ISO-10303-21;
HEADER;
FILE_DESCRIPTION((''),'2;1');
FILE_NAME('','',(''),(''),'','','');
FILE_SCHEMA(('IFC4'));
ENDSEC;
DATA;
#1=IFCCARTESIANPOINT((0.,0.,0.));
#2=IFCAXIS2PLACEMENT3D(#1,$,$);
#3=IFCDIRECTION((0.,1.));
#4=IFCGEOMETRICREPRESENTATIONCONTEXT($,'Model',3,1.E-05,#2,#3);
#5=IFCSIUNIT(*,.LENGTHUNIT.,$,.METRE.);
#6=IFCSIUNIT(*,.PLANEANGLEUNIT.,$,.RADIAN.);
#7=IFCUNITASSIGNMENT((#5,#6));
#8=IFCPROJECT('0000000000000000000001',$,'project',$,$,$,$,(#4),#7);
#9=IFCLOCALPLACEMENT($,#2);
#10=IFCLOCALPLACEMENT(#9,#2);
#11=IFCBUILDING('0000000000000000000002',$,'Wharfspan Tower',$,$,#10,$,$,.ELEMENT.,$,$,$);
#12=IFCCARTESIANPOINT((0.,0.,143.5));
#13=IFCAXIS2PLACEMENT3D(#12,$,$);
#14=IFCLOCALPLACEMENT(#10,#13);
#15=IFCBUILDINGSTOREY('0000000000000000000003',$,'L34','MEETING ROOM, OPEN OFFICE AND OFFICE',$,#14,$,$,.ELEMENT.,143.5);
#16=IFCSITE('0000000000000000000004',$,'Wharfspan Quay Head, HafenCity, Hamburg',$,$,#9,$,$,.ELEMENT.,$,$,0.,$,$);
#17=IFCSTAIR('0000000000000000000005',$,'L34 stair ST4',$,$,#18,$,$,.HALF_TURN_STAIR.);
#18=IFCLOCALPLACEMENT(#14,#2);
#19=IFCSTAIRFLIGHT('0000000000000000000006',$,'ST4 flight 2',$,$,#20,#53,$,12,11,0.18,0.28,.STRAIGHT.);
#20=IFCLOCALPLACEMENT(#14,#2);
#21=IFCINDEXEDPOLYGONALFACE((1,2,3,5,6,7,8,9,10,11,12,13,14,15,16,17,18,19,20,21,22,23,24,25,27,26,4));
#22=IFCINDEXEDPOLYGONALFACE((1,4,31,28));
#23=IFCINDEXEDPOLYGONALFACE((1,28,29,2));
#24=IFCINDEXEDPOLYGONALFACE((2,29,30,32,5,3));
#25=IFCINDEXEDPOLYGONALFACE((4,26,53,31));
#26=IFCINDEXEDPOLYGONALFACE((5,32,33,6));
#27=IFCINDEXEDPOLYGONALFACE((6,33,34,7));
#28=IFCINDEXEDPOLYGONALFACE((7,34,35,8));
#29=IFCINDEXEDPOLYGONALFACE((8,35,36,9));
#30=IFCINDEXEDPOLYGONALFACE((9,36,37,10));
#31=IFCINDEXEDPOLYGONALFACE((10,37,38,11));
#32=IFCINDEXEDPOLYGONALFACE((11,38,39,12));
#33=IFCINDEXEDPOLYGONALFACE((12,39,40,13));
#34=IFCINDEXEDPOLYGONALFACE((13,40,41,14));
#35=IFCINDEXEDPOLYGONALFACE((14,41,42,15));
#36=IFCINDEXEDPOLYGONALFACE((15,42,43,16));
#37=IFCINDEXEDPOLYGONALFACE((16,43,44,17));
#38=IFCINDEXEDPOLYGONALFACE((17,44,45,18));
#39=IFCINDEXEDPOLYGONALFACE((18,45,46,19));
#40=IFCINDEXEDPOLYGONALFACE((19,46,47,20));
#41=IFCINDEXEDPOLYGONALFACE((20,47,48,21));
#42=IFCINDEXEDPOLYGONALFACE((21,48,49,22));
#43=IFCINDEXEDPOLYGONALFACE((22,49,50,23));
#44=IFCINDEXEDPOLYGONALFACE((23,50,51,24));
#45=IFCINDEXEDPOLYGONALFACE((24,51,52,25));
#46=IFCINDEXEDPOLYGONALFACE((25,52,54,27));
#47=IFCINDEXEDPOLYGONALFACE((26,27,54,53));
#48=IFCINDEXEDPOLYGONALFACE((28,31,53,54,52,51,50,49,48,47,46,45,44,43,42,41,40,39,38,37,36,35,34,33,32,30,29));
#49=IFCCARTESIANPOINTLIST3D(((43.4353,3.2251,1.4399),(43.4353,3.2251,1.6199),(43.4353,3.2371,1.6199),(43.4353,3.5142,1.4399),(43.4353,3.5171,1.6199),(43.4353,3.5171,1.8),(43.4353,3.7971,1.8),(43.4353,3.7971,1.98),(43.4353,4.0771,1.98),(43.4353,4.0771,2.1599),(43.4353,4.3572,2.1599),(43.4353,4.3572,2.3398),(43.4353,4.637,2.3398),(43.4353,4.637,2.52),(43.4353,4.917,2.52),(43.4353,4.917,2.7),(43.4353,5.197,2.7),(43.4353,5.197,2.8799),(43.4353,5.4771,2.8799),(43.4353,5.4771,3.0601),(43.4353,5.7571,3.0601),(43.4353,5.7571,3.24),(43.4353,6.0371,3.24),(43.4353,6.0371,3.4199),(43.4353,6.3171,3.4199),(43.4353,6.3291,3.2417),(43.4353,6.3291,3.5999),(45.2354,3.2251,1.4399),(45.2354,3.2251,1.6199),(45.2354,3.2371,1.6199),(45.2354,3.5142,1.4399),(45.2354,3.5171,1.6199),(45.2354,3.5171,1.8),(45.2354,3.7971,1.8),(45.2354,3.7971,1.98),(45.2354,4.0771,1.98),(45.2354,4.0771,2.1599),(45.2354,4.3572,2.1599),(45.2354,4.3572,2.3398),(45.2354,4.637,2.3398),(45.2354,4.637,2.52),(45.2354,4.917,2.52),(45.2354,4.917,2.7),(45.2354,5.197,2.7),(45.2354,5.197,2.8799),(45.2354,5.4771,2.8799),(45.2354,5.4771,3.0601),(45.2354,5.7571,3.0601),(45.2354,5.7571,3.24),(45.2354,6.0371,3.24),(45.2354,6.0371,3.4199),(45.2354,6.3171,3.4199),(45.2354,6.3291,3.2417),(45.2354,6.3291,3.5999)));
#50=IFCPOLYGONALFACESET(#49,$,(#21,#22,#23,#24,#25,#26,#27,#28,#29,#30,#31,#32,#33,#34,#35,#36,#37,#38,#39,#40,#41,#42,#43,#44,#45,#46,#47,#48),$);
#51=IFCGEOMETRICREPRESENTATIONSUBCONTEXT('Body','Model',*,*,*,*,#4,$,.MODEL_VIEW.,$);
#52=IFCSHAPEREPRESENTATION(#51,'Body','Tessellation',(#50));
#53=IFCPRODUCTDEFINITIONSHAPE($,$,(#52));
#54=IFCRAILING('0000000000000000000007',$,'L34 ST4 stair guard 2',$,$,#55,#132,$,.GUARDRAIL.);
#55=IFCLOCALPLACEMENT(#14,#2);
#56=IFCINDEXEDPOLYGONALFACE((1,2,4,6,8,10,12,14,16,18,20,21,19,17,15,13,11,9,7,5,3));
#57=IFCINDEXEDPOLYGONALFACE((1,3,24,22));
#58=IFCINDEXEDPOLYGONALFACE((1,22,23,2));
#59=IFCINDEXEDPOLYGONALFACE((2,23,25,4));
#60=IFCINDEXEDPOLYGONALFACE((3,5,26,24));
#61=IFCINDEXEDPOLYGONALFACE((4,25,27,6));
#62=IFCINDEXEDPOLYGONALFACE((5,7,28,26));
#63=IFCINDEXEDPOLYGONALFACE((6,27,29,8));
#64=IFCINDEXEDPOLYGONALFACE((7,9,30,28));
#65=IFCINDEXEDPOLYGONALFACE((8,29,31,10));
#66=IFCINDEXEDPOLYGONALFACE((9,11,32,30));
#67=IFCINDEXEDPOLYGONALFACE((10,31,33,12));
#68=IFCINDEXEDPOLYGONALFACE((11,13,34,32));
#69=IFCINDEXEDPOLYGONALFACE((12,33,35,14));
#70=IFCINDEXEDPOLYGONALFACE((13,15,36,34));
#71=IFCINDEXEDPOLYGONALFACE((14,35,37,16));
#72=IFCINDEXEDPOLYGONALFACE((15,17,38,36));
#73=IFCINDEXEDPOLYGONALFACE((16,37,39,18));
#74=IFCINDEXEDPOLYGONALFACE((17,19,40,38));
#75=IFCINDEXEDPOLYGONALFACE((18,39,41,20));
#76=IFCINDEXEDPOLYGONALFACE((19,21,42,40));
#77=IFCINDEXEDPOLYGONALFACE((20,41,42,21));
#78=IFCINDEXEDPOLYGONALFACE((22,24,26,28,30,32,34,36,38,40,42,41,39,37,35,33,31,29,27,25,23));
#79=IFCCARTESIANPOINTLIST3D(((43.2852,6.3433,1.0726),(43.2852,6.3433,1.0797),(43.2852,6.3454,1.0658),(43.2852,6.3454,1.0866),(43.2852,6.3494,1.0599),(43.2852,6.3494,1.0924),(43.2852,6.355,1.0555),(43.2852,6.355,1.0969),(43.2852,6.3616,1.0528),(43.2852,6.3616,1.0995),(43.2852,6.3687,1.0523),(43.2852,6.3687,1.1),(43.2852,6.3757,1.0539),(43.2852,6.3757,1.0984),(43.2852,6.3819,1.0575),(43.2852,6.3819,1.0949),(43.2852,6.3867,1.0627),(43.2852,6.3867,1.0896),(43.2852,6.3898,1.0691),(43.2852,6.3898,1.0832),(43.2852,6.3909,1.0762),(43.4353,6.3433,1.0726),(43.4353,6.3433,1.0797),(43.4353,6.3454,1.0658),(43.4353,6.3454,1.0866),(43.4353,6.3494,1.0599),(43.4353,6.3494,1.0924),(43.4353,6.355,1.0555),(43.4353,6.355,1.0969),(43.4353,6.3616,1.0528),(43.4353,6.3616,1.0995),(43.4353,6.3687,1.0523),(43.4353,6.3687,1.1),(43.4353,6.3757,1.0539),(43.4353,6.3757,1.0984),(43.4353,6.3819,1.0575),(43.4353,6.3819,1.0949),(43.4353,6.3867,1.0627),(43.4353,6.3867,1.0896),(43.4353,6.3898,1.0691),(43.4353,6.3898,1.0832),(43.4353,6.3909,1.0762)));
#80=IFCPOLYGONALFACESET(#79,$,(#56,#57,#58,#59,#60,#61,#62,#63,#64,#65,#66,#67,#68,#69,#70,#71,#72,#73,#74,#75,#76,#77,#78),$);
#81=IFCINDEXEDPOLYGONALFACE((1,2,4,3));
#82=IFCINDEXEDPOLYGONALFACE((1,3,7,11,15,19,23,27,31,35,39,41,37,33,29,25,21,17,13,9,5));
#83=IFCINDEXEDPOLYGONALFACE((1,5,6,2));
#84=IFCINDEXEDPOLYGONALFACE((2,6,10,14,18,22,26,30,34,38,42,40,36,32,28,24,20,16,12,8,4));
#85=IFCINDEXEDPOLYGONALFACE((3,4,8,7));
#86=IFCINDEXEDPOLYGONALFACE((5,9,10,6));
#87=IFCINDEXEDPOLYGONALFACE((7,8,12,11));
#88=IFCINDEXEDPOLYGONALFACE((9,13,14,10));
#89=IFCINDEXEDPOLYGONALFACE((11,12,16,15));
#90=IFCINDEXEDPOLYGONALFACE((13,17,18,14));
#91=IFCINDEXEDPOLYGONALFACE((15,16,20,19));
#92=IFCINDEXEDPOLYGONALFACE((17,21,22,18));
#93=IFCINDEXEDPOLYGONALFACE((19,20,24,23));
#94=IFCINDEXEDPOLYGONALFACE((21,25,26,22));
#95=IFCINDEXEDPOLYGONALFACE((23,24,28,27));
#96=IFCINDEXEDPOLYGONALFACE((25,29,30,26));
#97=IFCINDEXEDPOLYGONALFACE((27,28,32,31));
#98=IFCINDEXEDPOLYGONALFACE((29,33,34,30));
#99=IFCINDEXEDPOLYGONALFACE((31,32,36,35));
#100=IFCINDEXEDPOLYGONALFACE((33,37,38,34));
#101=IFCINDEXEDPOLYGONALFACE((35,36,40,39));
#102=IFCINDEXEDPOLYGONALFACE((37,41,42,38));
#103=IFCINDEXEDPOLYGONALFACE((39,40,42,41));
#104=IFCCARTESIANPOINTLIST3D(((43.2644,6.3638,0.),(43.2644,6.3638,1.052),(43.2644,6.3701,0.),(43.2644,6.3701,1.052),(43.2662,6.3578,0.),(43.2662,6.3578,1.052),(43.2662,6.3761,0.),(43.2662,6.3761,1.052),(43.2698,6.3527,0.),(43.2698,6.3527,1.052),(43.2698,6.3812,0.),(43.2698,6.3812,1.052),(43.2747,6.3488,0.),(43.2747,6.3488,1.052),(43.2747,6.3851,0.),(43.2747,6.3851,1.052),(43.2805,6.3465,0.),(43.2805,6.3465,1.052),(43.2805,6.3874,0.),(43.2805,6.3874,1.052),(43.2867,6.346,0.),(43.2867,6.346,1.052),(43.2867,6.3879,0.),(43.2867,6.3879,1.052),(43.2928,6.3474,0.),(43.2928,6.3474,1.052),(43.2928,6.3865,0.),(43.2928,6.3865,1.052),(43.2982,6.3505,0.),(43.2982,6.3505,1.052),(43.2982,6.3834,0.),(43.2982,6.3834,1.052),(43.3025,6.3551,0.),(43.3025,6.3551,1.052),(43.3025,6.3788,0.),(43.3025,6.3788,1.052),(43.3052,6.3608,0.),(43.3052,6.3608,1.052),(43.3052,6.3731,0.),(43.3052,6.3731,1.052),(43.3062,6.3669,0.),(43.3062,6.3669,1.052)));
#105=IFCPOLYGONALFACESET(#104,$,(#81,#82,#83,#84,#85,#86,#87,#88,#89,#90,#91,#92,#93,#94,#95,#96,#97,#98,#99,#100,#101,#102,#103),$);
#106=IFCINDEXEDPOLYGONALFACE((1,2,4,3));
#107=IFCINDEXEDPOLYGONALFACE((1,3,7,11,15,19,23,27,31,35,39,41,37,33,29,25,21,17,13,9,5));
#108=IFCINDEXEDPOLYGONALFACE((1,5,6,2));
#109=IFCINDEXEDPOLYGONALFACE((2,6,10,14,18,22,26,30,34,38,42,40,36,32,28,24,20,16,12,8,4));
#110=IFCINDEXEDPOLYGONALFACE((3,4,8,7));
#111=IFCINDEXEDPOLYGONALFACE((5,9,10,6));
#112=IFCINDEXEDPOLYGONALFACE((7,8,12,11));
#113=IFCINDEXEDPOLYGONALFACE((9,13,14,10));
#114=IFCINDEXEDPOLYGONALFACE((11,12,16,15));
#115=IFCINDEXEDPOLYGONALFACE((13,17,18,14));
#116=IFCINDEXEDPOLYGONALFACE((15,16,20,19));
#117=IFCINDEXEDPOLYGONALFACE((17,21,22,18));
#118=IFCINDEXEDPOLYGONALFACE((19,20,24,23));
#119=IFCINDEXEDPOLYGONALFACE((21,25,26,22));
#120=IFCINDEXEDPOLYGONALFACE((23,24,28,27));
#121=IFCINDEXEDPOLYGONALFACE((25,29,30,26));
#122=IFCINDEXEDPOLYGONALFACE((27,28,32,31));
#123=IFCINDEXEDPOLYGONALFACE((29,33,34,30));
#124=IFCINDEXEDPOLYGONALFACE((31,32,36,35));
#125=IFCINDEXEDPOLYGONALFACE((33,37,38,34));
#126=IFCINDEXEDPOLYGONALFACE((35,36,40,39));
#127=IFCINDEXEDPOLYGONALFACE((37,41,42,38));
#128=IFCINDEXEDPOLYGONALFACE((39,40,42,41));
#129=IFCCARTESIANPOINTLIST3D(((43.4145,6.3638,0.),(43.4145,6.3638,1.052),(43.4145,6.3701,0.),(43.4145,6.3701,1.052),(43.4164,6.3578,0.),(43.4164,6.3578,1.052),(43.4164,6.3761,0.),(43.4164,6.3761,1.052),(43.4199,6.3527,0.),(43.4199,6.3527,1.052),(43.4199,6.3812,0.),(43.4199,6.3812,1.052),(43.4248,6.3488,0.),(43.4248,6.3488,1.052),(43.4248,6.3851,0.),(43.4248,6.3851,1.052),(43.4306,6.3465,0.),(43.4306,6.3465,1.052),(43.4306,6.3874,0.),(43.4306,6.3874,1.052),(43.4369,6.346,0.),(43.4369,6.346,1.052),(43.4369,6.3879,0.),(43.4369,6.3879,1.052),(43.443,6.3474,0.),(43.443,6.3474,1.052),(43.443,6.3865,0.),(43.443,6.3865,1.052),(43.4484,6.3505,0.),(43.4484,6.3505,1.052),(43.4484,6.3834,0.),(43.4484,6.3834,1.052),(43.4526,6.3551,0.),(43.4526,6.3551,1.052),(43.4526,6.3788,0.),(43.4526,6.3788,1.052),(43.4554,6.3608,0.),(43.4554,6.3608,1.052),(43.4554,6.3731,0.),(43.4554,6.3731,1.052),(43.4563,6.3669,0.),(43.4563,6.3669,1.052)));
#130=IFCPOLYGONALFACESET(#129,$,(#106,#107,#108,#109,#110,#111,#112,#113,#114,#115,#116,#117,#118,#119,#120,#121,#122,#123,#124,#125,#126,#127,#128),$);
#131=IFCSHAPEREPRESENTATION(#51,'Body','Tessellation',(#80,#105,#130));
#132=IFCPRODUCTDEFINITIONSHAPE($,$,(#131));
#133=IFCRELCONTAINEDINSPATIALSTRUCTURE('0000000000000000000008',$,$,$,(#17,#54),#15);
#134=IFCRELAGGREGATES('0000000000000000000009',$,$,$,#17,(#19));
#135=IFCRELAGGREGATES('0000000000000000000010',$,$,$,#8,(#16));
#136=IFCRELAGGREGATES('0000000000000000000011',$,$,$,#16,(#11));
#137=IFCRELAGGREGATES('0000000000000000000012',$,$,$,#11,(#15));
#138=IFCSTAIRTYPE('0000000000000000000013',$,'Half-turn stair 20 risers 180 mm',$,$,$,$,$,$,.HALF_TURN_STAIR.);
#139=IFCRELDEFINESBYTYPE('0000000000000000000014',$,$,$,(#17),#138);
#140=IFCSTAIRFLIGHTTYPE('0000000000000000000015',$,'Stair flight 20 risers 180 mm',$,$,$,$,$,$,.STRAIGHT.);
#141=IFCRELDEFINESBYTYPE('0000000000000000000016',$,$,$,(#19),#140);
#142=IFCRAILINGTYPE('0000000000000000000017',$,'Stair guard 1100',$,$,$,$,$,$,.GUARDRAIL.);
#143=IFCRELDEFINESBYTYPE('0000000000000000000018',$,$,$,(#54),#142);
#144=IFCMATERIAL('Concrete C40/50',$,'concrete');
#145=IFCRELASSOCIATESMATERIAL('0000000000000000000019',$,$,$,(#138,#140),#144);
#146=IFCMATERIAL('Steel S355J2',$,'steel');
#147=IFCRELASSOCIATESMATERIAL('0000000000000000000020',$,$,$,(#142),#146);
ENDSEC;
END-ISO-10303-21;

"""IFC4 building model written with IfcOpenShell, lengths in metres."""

from ifc_helpers import new_model, si_unit, direction, frame, origin, origin_2d, place, context, subcontext, project, spatial, polyline, circle, outline, extrude, material, type_object, element, aggregate, save


model = new_model("IFC4")

# Units and contexts
model_context = context("Model", 3, precision=1e-05, world=origin(), true_north=direction((0.0, 1.0)))
body_context = subcontext(model_context, "Body", "Model", "MODEL_VIEW")
ifc_project = project(units=[si_unit("LENGTHUNIT", "METRE"), si_unit("PLANEANGLEUNIT", "RADIAN")], contexts=[model_context])

# Site, building, storey
site_placement = place(None, origin())
site = spatial("IfcSite", under=ifc_project, at=site_placement, Name="Wharfspan Quay Head, HafenCity, Hamburg", CompositionType="ELEMENT", RefElevation=0.0)
building_placement = place(site_placement, origin())
building = spatial("IfcBuilding", under=site, at=building_placement, Name="Wharfspan Tower", CompositionType="ELEMENT")
storey_placement = place(building_placement, frame((0.0, 0.0, 143.5)))
storey = spatial("IfcBuildingStorey", under=building, at=storey_placement, Name="L34", Description="MEETING ROOM, OPEN OFFICE AND OFFICE", CompositionType="ELEMENT", Elevation=143.5)

# Shared definitions
ifc_material_1 = material(Name="Steel S355J2", Category="steel")

# Shared definitions
ifc_material_2 = material(Name="Concrete C40/50", Category="concrete")

# Stair, stair flight
stair_type = type_object("IfcStairType", Name="Half-turn stair 20 risers 180 mm", PredefinedType="HALF_TURN_STAIR", material=ifc_material_2)
stair_placement = place(storey_placement, origin())
stair = element("IfcStair", 1, at=stair_placement, inside=storey, type_object=stair_type, Name="L34 stair ST4", PredefinedType="HALF_TURN_STAIR")
stair_flight_type = type_object("IfcStairFlightType", Name="Stair flight 20 risers 180 mm", PredefinedType="STRAIGHT", material=ifc_material_2)
stair_flight_1_placement = place(storey_placement, frame((44.3352, 3.2371, 1.4399), z_axis=(0.0, 0.0, 1.0), x_axis=(0.0, 1.0, 0.0)))
stair_flight_1 = element("IfcStairFlight", 2, at=stair_flight_1_placement, type_object=stair_flight_type, Name="ST4 flight 2", NumberOfRisers=12, NumberOfTreads=11, PredefinedType="STRAIGHT", RiserHeight=0.18, TreadLength=0.28, context=body_context, shape_type="SweptSolid", body=[
    extrude(outline(polyline([(-0.012, 0.0), (-0.012, 0.1799), (0.0, 0.1799), (0.28, 0.1799), (0.28, 0.3601), (0.5601, 0.3601), (0.5601, 0.54), (0.8401, 0.54), (0.8401, 0.72), (1.1201, 0.72), (1.1201, 0.8999), (1.3999, 0.8999), (1.3999, 1.0801), (1.6799, 1.0801), (1.6799, 1.26), (1.96, 1.26), (1.96, 1.4399), (2.24, 1.4399), (2.24, 1.6201), (2.52, 1.6201), (2.52, 1.8), (2.8, 1.8), (2.8, 1.98), (3.0801, 1.98), (3.092, 2.1599), (3.092, 1.8018), (0.2771, 0.0), (-0.012, 0.0)])), frame((0.0, 0.8999, 0.0), z_axis=(0.0, -1.0, 0.0), x_axis=(1.0, 0.0, 0.0)), (0.0, 0.0, 1.0), 1.8),
])
aggregate(stair, [stair_flight_1])

# Railing
railing_type_1 = type_object("IfcRailingType", Name="Stair guard 1100", PredefinedType="GUARDRAIL", material=ifc_material_1)
railing_1_placement = place(storey_placement, frame((43.2852, 6.3669, 0.0)))
element("IfcRailing", 3, at=railing_1_placement, inside=storey, type_object=railing_type_1, Name="L34 ST4 stair guard 2", PredefinedType="GUARDRAIL", context=body_context, shape_type="SweptSolid", body=[
    extrude(circle(Radius=0.0239, at=origin_2d()), frame((0.0, 0.0, 1.0762), z_axis=(1.0, 0.0, 0.0), x_axis=(0.0, 1.0, 0.0)), (0.0, 0.0, 1.0), 0.1501),
    extrude(circle(Radius=0.021, at=origin_2d()), origin(), (0.0, 0.0, 1.0), 1.052),
    extrude(circle(Radius=0.021, at=origin_2d()), frame((0.1501, 0.0, 0.0)), (0.0, 0.0, 1.0), 1.052),
])

save(model, "model.ifc")
